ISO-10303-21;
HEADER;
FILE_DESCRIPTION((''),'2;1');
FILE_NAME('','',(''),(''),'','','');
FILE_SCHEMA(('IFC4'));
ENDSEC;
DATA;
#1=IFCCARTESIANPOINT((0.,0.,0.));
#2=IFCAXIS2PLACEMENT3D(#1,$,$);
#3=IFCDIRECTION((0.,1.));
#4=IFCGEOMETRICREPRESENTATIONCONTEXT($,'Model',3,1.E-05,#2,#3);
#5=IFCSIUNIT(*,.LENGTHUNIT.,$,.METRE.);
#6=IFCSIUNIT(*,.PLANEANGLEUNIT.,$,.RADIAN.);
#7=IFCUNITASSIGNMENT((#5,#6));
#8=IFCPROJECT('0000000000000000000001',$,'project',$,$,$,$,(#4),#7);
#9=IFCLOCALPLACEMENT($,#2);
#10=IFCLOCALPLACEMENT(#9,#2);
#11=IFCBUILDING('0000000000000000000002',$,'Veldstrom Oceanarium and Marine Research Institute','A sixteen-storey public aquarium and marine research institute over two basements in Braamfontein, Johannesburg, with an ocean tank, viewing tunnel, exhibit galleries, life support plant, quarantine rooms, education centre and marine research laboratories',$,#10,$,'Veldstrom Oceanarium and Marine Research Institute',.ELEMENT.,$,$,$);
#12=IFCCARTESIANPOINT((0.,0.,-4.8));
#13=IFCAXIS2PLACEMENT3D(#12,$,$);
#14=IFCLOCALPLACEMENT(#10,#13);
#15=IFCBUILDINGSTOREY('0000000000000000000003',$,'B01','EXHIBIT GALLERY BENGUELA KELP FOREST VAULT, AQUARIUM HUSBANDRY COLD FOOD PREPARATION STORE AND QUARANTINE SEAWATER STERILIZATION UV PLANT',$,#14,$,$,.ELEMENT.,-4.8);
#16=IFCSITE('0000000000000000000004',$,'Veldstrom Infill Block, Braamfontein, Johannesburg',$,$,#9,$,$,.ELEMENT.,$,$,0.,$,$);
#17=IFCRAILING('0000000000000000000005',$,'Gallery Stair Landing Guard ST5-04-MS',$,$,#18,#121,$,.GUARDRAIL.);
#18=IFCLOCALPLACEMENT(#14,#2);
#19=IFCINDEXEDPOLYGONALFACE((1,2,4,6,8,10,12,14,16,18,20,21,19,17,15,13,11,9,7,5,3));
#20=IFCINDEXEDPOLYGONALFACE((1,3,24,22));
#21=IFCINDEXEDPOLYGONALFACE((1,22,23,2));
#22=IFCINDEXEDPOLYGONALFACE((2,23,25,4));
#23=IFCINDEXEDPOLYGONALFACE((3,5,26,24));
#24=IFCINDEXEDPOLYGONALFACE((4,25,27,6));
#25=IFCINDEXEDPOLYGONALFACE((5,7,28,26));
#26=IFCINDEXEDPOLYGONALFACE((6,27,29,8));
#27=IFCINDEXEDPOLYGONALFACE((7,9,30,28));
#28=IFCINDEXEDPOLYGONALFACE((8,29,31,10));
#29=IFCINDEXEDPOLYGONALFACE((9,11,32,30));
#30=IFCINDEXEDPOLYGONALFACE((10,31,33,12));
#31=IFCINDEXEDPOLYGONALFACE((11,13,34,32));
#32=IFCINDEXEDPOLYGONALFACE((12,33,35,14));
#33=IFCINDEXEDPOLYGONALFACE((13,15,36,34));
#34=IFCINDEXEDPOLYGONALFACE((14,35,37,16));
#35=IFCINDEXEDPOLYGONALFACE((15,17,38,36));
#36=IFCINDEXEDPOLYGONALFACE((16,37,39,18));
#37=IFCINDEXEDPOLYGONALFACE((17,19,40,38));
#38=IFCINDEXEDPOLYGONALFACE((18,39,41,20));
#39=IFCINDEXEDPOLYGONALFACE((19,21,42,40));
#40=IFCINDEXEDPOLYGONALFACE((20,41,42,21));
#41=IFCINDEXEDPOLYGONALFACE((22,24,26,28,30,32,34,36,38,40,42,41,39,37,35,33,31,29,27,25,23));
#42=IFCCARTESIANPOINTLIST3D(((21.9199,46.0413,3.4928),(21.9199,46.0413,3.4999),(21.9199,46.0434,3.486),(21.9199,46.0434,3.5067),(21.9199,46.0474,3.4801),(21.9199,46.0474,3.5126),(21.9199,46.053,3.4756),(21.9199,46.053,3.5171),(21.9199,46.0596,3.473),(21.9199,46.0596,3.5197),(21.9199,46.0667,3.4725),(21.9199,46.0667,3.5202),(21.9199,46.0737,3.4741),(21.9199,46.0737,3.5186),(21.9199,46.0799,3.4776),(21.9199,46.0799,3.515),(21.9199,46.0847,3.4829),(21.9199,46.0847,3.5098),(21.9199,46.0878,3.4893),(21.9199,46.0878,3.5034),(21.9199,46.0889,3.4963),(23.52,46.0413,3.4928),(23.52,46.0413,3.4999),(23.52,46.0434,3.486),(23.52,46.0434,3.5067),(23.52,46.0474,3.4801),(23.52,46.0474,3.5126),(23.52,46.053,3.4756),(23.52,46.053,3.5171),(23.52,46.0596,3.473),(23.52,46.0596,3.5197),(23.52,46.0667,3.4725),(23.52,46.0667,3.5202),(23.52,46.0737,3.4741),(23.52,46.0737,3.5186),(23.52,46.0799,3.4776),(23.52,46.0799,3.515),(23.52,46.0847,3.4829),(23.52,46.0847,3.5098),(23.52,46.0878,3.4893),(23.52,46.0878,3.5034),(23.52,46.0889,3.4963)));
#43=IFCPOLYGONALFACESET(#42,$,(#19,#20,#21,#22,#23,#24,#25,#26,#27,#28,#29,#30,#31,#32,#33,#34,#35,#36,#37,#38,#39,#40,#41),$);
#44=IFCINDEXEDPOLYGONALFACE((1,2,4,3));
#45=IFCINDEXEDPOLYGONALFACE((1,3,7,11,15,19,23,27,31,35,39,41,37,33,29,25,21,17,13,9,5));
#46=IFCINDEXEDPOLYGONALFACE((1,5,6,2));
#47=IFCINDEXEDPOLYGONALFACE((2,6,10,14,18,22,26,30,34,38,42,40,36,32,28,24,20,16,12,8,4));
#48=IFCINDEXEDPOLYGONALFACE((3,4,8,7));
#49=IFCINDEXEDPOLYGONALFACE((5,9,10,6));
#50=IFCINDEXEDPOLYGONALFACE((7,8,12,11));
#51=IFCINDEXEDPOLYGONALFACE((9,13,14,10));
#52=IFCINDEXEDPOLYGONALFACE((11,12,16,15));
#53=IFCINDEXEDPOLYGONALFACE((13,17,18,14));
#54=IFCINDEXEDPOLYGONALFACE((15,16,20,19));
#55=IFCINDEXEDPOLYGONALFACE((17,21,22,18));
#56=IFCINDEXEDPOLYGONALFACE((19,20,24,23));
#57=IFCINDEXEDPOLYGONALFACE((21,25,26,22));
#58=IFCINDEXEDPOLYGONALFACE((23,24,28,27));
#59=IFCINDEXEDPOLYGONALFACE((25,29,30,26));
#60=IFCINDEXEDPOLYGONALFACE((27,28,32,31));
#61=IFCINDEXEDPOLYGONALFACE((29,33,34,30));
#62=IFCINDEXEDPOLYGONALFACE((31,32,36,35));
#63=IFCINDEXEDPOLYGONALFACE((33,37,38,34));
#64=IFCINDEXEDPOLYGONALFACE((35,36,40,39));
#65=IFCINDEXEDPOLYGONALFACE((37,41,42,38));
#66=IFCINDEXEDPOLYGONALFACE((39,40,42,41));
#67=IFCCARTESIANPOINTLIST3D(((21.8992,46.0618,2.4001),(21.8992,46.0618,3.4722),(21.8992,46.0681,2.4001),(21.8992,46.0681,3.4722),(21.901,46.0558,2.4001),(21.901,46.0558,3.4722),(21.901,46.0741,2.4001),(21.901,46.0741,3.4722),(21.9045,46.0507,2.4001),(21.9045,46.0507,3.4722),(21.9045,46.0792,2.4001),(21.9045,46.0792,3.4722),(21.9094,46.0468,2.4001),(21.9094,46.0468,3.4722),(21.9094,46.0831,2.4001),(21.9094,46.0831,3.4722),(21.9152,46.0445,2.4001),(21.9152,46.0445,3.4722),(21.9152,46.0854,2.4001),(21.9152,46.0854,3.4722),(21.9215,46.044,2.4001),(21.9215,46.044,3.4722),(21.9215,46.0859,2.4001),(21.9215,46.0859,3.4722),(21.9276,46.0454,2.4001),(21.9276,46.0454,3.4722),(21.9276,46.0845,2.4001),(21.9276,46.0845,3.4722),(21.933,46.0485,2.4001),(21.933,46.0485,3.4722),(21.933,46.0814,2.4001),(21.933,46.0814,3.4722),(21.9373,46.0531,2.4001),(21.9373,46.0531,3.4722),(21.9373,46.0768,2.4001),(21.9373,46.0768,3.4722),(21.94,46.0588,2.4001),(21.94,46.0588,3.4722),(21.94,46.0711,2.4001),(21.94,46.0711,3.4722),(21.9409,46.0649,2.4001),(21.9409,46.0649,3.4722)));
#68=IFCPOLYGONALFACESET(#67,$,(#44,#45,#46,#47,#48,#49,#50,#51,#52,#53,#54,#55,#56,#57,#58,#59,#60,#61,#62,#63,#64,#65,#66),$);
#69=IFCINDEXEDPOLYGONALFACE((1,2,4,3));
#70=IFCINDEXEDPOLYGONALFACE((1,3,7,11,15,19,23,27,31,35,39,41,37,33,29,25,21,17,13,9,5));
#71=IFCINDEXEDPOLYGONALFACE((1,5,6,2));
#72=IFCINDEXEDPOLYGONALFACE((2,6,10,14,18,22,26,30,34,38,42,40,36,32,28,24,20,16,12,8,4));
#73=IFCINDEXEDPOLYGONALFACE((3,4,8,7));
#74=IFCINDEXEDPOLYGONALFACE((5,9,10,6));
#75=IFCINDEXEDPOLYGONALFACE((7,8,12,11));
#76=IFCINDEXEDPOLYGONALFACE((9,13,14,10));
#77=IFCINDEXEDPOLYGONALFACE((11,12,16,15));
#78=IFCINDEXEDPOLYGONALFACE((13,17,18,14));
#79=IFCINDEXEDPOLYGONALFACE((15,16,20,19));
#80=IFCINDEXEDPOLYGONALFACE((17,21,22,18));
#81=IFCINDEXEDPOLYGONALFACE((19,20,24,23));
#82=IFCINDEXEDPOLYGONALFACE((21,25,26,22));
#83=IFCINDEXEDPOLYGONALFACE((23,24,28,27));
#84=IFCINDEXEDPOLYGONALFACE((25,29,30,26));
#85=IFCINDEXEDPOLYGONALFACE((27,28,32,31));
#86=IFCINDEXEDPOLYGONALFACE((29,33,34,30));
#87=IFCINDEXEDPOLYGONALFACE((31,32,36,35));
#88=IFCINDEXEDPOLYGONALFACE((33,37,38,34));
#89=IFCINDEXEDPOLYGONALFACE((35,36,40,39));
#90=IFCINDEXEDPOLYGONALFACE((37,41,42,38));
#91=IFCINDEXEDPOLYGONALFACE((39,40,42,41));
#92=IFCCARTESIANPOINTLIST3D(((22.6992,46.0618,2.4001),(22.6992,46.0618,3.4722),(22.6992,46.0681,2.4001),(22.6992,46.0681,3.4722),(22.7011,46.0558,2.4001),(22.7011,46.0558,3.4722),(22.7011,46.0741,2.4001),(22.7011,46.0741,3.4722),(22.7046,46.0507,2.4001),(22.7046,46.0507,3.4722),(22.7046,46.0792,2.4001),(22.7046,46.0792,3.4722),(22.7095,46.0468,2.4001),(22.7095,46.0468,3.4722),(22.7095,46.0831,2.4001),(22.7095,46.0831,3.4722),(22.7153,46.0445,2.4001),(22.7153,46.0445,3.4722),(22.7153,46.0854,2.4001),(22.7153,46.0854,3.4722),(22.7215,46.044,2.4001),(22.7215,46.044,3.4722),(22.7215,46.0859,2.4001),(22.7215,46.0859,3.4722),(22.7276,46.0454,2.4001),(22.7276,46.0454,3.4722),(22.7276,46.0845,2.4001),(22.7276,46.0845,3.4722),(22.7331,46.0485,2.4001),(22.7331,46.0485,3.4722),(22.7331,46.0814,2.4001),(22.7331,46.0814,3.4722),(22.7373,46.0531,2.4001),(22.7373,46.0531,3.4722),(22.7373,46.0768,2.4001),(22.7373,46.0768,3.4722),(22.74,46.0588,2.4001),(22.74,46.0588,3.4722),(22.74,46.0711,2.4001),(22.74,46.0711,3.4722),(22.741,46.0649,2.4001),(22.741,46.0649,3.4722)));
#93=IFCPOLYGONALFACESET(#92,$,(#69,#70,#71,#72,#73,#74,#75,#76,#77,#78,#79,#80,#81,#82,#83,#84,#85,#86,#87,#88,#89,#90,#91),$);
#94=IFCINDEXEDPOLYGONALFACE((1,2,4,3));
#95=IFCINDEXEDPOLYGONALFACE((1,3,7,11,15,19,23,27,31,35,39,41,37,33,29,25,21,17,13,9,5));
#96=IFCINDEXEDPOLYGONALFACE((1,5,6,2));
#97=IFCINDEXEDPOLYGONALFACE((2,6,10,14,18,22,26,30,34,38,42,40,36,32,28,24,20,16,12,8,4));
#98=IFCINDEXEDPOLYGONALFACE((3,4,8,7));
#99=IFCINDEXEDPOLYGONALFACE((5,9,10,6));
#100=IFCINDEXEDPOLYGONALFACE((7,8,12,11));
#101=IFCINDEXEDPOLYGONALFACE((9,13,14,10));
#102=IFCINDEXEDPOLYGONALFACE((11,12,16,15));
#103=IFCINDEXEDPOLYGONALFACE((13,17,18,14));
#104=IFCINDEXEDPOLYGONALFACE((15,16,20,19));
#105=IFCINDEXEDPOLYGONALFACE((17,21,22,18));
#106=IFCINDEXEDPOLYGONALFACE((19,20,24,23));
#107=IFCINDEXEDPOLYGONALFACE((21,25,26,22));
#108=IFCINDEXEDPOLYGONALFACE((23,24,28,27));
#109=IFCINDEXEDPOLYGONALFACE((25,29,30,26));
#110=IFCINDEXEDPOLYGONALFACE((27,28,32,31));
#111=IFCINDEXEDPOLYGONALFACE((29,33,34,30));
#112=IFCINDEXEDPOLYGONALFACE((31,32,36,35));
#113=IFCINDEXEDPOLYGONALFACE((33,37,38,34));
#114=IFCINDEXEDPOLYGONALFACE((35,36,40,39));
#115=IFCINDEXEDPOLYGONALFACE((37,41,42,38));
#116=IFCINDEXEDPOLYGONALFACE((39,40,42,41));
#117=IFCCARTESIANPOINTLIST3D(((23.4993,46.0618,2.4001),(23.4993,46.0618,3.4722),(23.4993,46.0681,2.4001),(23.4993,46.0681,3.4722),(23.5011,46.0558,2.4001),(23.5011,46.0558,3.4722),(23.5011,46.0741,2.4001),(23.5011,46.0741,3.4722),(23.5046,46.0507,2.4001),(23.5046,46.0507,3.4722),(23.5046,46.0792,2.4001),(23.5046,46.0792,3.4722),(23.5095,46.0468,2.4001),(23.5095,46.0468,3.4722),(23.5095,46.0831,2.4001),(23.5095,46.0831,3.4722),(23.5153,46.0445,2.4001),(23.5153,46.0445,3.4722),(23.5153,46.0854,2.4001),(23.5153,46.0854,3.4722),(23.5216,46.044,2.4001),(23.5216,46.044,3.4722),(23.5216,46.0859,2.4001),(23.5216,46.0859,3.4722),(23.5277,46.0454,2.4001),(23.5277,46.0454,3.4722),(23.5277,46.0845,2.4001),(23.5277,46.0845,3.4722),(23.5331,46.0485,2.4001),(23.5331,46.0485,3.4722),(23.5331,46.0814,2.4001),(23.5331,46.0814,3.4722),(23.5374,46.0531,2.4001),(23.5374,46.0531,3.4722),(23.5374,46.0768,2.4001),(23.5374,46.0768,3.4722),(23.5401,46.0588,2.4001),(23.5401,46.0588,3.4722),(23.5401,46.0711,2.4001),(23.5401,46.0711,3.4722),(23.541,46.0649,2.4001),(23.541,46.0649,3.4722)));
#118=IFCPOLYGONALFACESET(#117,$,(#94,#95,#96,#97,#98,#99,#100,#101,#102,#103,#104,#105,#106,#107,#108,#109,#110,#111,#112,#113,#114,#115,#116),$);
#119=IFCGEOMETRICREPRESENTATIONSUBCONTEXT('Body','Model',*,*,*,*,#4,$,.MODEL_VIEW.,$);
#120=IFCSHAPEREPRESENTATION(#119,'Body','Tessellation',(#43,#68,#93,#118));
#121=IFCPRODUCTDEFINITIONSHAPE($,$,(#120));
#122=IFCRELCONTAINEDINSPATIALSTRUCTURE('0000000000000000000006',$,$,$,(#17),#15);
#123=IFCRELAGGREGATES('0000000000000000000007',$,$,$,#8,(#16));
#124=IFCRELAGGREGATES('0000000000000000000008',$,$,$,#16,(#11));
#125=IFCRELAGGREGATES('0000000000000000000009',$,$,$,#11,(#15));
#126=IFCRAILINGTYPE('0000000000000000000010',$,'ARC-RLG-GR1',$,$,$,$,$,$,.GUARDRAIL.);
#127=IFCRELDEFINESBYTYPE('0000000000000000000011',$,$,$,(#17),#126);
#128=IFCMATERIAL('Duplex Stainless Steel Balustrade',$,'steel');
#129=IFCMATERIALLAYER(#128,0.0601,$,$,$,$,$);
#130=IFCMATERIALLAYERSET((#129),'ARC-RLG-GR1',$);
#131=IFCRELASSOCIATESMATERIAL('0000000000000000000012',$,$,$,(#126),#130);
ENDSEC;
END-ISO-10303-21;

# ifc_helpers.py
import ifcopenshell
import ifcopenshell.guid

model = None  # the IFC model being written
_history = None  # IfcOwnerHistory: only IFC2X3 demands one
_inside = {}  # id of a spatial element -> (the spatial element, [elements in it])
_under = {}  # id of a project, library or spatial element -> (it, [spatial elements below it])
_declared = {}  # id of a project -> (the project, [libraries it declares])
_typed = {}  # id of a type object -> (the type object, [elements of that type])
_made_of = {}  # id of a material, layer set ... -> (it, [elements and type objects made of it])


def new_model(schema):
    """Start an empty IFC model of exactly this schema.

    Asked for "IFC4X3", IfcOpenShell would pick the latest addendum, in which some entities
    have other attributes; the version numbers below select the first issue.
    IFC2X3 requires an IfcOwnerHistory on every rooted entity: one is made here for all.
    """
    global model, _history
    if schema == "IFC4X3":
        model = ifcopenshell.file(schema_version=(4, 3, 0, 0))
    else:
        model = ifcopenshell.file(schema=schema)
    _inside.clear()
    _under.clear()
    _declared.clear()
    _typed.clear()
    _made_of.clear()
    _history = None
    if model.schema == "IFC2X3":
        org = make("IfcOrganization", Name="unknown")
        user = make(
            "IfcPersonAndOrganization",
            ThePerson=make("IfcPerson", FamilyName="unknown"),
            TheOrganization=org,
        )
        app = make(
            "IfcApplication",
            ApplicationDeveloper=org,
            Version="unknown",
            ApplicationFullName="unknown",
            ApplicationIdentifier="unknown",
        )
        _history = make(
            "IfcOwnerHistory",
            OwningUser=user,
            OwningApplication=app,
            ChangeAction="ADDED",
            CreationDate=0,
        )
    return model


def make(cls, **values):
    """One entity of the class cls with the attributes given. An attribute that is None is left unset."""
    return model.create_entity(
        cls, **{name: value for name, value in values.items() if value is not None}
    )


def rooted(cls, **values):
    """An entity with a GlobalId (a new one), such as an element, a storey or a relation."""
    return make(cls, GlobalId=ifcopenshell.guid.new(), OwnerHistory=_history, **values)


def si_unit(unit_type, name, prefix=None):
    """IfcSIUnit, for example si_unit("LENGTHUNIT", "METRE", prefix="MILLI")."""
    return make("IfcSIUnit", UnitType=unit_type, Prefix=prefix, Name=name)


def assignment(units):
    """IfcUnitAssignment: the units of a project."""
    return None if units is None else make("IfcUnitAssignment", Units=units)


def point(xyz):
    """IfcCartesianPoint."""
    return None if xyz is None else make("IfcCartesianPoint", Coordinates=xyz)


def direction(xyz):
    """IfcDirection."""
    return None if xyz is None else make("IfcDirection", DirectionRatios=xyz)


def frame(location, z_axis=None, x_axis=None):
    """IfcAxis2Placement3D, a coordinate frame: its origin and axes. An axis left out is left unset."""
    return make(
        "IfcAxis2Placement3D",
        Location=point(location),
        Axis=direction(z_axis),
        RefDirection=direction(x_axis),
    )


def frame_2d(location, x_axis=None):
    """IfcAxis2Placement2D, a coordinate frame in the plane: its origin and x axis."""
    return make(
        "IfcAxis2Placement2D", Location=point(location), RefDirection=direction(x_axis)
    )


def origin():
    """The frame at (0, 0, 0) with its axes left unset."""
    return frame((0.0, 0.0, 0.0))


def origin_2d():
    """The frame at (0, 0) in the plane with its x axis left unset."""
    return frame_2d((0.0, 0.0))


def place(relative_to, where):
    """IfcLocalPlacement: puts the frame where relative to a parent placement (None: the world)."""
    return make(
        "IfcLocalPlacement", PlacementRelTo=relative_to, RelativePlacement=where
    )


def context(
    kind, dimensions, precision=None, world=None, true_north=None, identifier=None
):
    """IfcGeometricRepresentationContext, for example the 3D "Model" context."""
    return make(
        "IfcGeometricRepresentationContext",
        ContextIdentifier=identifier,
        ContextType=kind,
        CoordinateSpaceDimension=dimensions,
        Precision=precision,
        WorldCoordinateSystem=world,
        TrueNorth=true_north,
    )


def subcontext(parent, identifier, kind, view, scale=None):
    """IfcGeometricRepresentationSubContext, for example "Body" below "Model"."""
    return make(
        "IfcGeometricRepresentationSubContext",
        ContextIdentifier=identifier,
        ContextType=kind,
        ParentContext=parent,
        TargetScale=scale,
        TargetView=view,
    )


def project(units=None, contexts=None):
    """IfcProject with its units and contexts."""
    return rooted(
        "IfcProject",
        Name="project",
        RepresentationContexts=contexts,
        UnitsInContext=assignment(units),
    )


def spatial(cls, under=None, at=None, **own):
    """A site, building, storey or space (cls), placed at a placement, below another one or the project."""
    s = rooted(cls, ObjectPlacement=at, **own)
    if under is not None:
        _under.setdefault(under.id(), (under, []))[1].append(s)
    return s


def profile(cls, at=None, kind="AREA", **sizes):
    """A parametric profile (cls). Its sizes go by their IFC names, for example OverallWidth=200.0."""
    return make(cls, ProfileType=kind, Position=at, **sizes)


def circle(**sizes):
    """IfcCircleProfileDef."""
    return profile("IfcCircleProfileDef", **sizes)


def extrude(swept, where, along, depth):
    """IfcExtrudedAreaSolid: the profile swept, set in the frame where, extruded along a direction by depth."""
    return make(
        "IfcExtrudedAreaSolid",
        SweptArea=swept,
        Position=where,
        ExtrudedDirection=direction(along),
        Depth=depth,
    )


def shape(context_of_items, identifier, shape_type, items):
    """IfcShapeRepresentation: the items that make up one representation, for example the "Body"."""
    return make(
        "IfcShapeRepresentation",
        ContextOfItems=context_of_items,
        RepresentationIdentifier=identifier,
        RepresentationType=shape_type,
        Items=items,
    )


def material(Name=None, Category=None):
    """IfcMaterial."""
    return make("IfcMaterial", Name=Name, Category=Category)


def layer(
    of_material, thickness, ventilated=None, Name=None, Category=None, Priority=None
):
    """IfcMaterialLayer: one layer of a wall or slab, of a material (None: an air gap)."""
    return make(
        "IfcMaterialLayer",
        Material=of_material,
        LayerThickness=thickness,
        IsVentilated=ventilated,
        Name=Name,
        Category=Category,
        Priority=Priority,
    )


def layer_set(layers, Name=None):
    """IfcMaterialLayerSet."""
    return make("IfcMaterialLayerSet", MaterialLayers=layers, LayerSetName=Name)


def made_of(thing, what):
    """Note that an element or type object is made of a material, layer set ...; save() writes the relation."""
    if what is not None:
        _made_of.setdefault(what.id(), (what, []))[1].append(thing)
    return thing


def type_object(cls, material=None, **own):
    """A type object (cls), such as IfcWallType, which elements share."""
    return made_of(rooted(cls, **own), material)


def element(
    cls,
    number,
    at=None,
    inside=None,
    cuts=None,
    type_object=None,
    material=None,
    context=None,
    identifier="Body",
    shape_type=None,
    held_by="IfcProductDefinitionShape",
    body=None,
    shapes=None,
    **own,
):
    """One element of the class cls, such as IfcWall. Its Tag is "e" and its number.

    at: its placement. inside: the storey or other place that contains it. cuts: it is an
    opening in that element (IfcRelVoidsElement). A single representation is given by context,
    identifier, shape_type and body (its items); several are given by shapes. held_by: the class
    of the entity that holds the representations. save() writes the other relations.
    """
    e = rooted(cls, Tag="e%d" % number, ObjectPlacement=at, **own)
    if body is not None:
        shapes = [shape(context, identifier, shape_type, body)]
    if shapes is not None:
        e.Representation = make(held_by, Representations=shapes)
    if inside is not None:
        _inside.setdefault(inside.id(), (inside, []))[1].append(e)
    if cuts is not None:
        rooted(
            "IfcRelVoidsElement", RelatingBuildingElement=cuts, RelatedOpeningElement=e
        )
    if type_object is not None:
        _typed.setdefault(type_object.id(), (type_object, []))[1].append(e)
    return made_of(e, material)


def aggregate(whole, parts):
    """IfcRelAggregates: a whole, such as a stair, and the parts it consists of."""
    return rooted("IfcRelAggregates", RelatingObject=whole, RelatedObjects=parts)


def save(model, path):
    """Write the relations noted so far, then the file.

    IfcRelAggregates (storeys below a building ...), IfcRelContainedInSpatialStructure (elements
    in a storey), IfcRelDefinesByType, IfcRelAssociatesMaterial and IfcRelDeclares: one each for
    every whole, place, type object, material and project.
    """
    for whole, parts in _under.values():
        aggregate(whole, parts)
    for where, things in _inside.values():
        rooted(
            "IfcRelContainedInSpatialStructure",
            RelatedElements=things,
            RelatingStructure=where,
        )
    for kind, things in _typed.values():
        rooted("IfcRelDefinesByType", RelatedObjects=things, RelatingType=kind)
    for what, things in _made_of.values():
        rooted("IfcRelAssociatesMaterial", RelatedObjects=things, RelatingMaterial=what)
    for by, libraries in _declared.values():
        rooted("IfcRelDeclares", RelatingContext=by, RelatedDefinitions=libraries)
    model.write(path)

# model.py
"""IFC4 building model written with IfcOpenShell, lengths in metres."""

from ifc_helpers import new_model, si_unit, direction, frame, origin, origin_2d, place, context, subcontext, project, spatial, circle, extrude, material, layer, layer_set, type_object, element, save


model = new_model("IFC4")

# Units and contexts
model_context = context("Model", 3, precision=1e-05, world=origin(), true_north=direction((0.0, 1.0)))
body_context = subcontext(model_context, "Body", "Model", "MODEL_VIEW")
ifc_project = project(units=[si_unit("LENGTHUNIT", "METRE"), si_unit("PLANEANGLEUNIT", "RADIAN")], contexts=[model_context])

# Site, building, storey
site_placement = place(None, origin())
site = spatial("IfcSite", under=ifc_project, at=site_placement, Name="Veldstrom Infill Block, Braamfontein, Johannesburg", CompositionType="ELEMENT", RefElevation=0.0)
building_placement = place(site_placement, origin())
building = spatial("IfcBuilding", under=site, at=building_placement, Name="Veldstrom Oceanarium and Marine Research Institute", Description="A sixteen-storey public aquarium and marine research institute over two basements in Braamfontein, Johannesburg, with an ocean tank, viewing tunnel, exhibit galleries, life support plant, quarantine rooms, education centre and marine research laboratories", LongName="Veldstrom Oceanarium and Marine Research Institute", CompositionType="ELEMENT")
storey_placement = place(building_placement, frame((0.0, 0.0, -4.8)))
storey = spatial("IfcBuildingStorey", under=building, at=storey_placement, Name="B01", Description="EXHIBIT GALLERY BENGUELA KELP FOREST VAULT, AQUARIUM HUSBANDRY COLD FOOD PREPARATION STORE AND QUARANTINE SEAWATER STERILIZATION UV PLANT", CompositionType="ELEMENT", Elevation=-4.8)

# Railing
ifc_material_1 = material(Name="Duplex Stainless Steel Balustrade", Category="steel")
ifc_layer_1 = layer(ifc_material_1, 0.0601)
ifc_layer_set_1 = layer_set([ifc_layer_1], Name="ARC-RLG-GR1")
railing_type = type_object("IfcRailingType", Name="ARC-RLG-GR1", PredefinedType="GUARDRAIL", material=ifc_layer_set_1)
railing_1_placement = place(storey_placement, frame((21.9199, 46.0649, 2.4001)))
element("IfcRailing", 1, at=railing_1_placement, inside=storey, type_object=railing_type, Name="Gallery Stair Landing Guard ST5-04-MS", PredefinedType="GUARDRAIL", context=body_context, shape_type="SweptSolid", body=[
    extrude(circle(Radius=0.0239, at=origin_2d()), frame((0.0, 0.0, 1.0962), z_axis=(1.0, 0.0, 0.0), x_axis=(0.0, 1.0, 0.0)), (0.0, 0.0, 1.0), 1.6001),
    extrude(circle(Radius=0.021, at=origin_2d()), origin(), (0.0, 0.0, 1.0), 1.072),
    extrude(circle(Radius=0.021, at=origin_2d()), frame((0.8, 0.0, 0.0)), (0.0, 0.0, 1.0), 1.072),
    extrude(circle(Radius=0.021, at=origin_2d()), frame((1.6001, 0.0, 0.0)), (0.0, 0.0, 1.0), 1.072),
])

save(model, "model.ifc")
